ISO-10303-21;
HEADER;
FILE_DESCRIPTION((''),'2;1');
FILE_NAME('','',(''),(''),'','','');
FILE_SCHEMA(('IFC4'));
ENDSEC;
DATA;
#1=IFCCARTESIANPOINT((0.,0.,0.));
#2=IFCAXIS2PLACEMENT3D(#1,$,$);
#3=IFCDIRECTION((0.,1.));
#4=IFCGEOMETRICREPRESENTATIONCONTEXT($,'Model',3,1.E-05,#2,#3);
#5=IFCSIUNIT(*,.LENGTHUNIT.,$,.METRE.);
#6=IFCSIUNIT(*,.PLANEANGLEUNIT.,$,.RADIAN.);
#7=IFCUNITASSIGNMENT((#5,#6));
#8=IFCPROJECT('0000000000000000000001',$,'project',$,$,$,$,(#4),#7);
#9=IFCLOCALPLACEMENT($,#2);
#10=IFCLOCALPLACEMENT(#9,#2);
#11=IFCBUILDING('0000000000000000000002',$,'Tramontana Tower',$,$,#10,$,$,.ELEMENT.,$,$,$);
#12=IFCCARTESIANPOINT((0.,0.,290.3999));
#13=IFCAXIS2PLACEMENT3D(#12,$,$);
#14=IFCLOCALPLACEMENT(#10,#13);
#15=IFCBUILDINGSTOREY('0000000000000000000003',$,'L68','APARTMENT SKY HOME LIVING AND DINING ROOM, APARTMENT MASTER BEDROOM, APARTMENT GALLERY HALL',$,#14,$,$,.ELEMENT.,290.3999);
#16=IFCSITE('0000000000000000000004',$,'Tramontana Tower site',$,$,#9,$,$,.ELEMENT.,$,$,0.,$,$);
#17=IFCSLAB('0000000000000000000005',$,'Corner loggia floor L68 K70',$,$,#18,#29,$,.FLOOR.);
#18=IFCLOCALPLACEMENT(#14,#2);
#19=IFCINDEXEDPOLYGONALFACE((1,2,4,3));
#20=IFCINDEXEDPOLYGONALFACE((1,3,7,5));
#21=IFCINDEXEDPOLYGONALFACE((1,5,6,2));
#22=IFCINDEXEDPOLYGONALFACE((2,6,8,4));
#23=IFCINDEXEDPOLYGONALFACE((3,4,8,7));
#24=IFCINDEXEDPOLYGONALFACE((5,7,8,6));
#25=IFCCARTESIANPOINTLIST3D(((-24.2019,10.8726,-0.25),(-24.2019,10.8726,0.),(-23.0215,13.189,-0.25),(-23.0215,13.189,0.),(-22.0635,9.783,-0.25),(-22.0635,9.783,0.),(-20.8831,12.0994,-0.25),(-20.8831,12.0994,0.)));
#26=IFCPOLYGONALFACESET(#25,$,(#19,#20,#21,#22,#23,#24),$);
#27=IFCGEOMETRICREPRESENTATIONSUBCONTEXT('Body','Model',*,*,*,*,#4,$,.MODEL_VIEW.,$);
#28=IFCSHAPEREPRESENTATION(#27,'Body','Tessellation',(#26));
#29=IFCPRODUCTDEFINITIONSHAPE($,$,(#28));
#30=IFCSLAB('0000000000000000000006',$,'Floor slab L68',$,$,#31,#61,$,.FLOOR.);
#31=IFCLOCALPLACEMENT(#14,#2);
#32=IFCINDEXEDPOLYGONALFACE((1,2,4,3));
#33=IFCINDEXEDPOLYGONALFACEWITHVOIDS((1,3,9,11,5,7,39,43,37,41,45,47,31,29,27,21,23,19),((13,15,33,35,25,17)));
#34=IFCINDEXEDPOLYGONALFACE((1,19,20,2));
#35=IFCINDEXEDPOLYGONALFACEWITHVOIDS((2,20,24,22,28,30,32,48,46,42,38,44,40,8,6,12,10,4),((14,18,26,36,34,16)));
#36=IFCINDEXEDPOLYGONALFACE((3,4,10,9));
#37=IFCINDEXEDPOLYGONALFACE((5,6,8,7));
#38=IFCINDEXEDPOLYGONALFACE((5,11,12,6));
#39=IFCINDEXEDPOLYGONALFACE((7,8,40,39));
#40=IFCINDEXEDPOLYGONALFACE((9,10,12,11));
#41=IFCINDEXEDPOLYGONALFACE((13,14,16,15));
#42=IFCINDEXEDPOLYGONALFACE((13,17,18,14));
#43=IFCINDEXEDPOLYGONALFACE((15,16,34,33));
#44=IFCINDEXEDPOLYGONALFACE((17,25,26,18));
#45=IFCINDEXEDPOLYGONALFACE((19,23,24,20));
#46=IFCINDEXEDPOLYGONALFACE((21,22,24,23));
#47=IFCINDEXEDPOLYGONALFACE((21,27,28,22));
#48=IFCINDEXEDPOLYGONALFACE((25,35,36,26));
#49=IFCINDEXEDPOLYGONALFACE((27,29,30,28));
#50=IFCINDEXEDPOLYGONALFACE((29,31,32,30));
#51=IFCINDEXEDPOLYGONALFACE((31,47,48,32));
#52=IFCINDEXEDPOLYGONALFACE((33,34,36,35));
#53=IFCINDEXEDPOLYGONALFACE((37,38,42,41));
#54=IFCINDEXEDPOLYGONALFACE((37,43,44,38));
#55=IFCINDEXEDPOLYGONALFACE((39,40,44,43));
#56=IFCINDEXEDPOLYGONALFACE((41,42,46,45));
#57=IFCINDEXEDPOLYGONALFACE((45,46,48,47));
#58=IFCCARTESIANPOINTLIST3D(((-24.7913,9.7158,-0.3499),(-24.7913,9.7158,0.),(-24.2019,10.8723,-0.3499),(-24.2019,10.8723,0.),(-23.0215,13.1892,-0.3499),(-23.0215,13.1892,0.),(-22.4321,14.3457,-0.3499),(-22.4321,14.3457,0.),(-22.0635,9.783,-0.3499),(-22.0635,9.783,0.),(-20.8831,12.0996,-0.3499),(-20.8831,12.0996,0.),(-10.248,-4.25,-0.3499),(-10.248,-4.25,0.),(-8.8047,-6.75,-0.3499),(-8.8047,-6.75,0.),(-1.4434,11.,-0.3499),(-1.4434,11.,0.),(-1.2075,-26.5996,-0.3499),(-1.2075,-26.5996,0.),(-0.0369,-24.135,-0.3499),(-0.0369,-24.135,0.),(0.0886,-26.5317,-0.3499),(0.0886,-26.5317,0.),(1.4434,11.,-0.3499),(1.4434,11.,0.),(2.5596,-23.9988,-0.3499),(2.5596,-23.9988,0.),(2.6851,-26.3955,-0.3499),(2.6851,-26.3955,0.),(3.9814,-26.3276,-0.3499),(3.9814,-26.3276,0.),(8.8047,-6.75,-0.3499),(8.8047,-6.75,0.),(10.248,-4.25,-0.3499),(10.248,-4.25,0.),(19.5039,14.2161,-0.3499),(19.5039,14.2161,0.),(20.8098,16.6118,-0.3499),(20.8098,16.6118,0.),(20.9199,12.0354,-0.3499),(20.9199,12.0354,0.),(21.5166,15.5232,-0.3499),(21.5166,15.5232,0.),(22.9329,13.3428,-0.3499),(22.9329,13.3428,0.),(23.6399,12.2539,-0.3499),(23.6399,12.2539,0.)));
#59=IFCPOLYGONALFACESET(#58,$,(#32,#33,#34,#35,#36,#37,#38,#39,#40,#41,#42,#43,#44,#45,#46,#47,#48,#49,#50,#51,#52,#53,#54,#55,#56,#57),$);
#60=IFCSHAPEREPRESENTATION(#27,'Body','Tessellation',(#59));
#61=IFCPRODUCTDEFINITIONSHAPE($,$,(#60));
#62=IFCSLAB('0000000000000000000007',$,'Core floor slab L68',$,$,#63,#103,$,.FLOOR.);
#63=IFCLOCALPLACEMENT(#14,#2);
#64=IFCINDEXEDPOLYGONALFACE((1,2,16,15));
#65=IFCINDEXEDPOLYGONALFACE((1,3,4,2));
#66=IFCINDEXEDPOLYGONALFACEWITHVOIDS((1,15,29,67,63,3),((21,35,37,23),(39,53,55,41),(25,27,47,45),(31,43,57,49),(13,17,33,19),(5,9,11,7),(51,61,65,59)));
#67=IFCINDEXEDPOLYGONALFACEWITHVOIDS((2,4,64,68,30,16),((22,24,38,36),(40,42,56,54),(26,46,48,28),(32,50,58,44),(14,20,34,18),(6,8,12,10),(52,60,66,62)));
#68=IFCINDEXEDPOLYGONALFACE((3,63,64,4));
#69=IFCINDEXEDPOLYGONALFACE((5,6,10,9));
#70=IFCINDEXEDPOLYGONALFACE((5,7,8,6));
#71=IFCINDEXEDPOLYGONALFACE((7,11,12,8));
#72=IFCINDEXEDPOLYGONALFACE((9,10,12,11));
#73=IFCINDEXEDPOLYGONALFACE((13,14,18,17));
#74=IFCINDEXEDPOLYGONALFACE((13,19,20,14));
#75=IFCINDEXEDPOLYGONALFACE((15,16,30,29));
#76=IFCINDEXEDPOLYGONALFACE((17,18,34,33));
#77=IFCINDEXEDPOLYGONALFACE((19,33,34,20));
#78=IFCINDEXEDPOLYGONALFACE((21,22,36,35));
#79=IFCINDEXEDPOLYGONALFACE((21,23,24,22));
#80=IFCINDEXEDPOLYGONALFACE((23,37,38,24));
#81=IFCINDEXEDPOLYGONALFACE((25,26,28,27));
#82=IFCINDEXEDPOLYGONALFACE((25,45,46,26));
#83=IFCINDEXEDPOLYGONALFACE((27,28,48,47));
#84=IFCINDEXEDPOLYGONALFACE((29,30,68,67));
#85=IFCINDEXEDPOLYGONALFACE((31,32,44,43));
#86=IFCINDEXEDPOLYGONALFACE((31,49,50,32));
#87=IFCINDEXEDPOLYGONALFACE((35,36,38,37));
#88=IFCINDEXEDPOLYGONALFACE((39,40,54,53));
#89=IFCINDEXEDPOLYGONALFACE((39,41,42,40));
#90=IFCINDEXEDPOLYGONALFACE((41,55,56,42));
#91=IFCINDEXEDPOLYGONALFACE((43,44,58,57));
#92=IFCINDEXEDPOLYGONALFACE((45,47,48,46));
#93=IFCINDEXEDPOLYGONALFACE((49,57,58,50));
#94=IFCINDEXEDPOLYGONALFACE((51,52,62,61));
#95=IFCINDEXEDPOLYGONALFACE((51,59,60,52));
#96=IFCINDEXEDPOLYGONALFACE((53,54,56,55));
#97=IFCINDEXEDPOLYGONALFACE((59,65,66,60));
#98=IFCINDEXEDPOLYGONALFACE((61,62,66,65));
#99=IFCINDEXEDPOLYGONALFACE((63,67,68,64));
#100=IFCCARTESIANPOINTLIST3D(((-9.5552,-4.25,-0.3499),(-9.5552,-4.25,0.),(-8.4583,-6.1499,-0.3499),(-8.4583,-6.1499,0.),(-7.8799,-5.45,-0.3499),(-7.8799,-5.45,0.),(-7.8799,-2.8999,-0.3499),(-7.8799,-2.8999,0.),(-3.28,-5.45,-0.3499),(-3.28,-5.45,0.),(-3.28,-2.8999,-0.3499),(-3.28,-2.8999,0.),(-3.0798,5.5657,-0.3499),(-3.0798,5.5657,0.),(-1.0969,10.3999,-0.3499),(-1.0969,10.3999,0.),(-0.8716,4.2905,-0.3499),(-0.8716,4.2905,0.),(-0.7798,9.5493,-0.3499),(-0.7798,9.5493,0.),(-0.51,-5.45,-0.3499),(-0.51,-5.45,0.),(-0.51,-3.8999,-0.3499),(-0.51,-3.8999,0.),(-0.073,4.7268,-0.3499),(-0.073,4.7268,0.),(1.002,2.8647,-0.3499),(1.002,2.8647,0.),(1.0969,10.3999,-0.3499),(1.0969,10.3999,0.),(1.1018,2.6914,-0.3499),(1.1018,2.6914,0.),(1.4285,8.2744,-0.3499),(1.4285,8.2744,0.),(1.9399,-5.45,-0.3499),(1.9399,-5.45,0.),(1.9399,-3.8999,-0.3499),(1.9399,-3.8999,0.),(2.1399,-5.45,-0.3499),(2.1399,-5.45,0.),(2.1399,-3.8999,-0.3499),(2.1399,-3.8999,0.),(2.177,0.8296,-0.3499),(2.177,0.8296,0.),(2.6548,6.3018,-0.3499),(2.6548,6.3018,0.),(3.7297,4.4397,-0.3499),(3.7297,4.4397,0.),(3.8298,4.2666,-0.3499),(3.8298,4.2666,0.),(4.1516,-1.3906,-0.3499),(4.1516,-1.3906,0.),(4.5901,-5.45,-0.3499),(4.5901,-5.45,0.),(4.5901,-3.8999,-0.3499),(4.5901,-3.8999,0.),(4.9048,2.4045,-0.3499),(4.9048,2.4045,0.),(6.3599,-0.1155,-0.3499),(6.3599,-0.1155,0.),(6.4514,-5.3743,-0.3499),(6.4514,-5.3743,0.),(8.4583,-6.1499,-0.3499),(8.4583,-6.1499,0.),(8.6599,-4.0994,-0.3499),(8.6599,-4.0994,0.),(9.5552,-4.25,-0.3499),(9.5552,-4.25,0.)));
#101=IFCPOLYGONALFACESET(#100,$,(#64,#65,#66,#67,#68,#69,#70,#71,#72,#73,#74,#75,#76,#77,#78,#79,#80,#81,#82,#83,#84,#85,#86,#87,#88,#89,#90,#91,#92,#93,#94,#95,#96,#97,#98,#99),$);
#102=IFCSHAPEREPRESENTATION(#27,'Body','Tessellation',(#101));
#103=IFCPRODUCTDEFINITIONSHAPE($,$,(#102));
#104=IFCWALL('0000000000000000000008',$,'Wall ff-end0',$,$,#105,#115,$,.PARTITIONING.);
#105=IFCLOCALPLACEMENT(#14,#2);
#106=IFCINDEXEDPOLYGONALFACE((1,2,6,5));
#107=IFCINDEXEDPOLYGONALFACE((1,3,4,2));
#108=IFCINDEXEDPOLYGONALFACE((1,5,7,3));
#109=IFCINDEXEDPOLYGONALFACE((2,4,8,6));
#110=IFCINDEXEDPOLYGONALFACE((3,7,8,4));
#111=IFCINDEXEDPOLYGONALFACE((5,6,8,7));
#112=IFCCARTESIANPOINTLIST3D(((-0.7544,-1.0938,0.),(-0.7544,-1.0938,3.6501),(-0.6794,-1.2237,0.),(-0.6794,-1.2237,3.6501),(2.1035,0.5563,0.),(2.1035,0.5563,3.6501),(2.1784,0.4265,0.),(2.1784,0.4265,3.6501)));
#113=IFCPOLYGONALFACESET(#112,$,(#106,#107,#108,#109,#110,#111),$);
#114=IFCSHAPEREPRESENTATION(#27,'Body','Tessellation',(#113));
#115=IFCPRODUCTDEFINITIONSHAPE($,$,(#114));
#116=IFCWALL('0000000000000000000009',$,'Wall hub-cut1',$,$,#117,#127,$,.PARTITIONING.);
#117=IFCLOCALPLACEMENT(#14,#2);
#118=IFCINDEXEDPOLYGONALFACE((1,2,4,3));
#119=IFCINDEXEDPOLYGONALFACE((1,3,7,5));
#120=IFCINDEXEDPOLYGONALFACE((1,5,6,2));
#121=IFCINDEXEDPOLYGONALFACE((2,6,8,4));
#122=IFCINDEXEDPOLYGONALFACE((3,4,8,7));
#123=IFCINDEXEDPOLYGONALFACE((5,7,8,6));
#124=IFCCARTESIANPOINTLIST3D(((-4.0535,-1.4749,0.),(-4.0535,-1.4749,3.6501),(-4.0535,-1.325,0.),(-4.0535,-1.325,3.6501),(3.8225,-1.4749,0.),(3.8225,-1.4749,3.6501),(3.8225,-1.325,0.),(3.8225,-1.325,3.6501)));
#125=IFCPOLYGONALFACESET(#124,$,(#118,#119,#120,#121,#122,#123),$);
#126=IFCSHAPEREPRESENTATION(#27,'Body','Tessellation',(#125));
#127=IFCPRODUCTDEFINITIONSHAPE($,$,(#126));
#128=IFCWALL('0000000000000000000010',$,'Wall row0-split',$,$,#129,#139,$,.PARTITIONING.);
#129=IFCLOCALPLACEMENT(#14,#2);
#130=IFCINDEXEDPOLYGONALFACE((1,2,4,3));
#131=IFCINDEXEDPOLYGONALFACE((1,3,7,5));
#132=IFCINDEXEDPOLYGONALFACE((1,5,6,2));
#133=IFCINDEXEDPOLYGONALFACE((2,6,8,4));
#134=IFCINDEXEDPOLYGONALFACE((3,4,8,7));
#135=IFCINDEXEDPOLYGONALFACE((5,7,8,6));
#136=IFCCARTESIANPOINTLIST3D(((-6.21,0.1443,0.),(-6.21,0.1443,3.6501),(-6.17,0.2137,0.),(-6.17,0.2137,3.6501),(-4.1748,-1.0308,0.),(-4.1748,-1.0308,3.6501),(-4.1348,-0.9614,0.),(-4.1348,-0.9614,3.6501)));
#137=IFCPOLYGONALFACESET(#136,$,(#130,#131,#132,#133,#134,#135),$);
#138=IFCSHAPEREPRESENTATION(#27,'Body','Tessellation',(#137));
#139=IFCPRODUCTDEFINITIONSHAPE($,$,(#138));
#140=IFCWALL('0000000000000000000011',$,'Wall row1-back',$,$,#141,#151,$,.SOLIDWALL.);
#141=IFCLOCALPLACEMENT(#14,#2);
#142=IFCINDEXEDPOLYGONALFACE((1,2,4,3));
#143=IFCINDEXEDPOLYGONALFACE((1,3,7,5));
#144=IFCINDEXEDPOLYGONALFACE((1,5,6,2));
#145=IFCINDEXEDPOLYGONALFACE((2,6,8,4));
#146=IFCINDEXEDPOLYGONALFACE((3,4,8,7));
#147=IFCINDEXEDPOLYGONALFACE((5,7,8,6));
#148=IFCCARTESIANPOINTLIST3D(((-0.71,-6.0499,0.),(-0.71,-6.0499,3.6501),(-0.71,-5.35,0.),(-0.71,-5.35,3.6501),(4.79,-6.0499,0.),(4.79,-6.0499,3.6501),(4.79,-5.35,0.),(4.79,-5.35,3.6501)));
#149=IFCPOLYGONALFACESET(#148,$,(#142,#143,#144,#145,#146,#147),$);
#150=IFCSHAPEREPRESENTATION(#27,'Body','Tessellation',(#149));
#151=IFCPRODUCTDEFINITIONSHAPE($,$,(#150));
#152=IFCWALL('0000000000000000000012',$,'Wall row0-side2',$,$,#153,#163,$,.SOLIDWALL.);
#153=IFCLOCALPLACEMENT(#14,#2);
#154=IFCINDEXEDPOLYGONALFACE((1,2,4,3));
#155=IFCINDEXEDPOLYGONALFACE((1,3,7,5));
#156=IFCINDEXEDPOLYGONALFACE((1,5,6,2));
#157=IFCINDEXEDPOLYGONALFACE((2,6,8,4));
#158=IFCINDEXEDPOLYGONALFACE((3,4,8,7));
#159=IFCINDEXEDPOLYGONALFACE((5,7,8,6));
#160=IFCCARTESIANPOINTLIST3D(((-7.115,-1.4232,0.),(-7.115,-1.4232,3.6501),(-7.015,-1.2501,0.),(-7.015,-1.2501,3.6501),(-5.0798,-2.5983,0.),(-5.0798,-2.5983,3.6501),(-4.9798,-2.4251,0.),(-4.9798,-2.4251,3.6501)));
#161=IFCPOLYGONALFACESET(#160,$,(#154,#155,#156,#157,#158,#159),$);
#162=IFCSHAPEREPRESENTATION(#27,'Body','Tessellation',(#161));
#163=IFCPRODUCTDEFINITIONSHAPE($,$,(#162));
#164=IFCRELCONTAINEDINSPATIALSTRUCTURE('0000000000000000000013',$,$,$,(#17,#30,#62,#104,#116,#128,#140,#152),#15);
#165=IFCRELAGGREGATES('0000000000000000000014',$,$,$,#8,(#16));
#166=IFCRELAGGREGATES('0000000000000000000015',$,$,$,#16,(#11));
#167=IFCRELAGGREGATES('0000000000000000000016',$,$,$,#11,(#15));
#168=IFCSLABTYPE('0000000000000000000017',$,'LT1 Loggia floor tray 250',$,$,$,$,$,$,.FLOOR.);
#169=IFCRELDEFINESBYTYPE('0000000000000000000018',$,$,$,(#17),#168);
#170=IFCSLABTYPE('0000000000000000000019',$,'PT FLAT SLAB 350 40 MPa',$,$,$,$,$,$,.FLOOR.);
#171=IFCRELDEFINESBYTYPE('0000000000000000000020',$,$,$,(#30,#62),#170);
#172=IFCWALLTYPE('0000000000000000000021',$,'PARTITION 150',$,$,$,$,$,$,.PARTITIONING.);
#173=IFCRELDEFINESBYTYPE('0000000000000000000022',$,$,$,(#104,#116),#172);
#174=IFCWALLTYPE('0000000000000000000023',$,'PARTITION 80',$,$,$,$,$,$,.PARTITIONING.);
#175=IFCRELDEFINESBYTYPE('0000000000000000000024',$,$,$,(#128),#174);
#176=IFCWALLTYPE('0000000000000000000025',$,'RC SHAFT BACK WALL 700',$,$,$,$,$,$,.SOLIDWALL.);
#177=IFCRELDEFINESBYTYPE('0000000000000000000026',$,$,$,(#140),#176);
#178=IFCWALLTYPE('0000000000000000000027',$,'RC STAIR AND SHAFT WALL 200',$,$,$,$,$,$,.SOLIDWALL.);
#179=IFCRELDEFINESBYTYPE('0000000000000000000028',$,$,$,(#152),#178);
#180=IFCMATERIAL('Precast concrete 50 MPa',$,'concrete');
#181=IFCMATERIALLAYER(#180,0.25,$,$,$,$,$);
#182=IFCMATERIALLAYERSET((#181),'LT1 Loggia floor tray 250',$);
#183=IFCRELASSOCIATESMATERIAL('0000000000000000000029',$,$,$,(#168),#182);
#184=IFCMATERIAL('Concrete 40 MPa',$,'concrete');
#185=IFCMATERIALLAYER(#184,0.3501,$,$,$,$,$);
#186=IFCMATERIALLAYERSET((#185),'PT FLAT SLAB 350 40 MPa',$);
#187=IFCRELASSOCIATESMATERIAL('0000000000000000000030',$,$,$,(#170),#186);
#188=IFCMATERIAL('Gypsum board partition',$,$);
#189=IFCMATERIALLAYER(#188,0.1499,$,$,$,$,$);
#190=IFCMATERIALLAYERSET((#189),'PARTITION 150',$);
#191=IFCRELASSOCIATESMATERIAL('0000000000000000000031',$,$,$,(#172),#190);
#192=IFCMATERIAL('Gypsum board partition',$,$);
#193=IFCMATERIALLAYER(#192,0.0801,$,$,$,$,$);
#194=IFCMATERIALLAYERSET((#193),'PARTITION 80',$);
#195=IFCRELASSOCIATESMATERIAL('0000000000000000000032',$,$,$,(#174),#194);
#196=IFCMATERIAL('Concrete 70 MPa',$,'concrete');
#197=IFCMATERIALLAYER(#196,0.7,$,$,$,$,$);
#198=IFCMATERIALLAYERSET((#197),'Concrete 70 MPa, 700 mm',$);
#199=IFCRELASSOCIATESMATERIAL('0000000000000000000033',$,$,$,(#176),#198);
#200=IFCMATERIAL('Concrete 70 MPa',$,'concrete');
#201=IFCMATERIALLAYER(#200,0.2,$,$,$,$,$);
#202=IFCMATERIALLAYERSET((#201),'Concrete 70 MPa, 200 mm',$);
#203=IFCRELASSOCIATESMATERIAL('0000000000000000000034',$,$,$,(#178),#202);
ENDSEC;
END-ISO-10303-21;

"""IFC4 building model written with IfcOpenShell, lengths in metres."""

from ifc_helpers import new_model, si_unit, direction, frame, frame_2d, origin, place, context, subcontext, project, spatial, polyline, rectangle, outline, extrude, material, layer, layer_set, type_object, element, save


model = new_model("IFC4")

# Units and contexts
model_context = context("Model", 3, precision=1e-05, world=origin(), true_north=direction((0.0, 1.0)))
body_context = subcontext(model_context, "Body", "Model", "MODEL_VIEW")
ifc_project = project(units=[si_unit("LENGTHUNIT", "METRE"), si_unit("PLANEANGLEUNIT", "RADIAN")], contexts=[model_context])

# Site, building, storey
site_placement = place(None, origin())
site = spatial("IfcSite", under=ifc_project, at=site_placement, Name="Tramontana Tower site", CompositionType="ELEMENT", RefElevation=0.0)
building_placement = place(site_placement, origin())
building = spatial("IfcBuilding", under=site, at=building_placement, Name="Tramontana Tower", CompositionType="ELEMENT")
storey_placement = place(building_placement, frame((0.0, 0.0, 290.3999)))
storey = spatial("IfcBuildingStorey", under=building, at=storey_placement, Name="L68", Description="APARTMENT SKY HOME LIVING AND DINING ROOM, APARTMENT MASTER BEDROOM, APARTMENT GALLERY HALL", CompositionType="ELEMENT", Elevation=290.3999)

# Slabs
ifc_material_1 = material(Name="Precast concrete 50 MPa", Category="concrete")
ifc_layer_1 = layer(ifc_material_1, 0.25)
ifc_layer_set_1 = layer_set([ifc_layer_1], Name="LT1 Loggia floor tray 250")
slab_type_1 = type_object("IfcSlabType", Name="LT1 Loggia floor tray 250", PredefinedType="FLOOR", material=ifc_layer_set_1)
slab_1_placement = place(storey_placement, frame((0.0, 0.0, -0.25)))
element("IfcSlab", 1, at=slab_1_placement, inside=storey, type_object=slab_type_1, Name="Corner loggia floor L68 K70", PredefinedType="FLOOR", context=body_context, shape_type="SweptSolid", body=[
    extrude(outline(polyline([(-23.0215, 13.189), (-20.8831, 12.0994), (-22.0635, 9.783), (-24.2019, 10.8726), (-23.0215, 13.189)])), origin(), (0.0, 0.0, 1.0), 0.25),
])
ifc_material_2 = material(Name="Concrete 40 MPa", Category="concrete")
ifc_layer_2 = layer(ifc_material_2, 0.3501)
ifc_layer_set_2 = layer_set([ifc_layer_2], Name="PT FLAT SLAB 350 40 MPa")
slab_type_2 = type_object("IfcSlabType", Name="PT FLAT SLAB 350 40 MPa", PredefinedType="FLOOR", material=ifc_layer_set_2)
slab_2_placement = place(storey_placement, frame((0.0, 0.0, -0.3499)))
element("IfcSlab", 2, at=slab_2_placement, inside=storey, type_object=slab_type_2, Name="Floor slab L68", PredefinedType="FLOOR", context=body_context, shape_type="SweptSolid", body=[
    extrude(outline(polyline([(21.5166, 15.5232), (19.5039, 14.2161), (20.9199, 12.0354), (22.9329, 13.3428), (23.6399, 12.2539), (3.9814, -26.3276), (2.6851, -26.3955), (2.5596, -23.9988), (-0.0369, -24.135), (0.0886, -26.5317), (-1.2075, -26.5996), (-24.7913, 9.7158), (-24.2019, 10.8723), (-22.0635, 9.783), (-20.8831, 12.0996), (-23.0215, 13.1892), (-22.4321, 14.3457), (20.8098, 16.6118), (21.5166, 15.5232)]), holes=[polyline([(-10.248, -4.25), (-8.8047, -6.75), (8.8047, -6.75), (10.248, -4.25), (1.4434, 11.0), (-1.4434, 11.0), (-10.248, -4.25)])]), origin(), (0.0, 0.0, 1.0), 0.3499),
])
slab_3_placement = place(storey_placement, frame((0.0, 0.0, -0.3499)))
element("IfcSlab", 3, at=slab_3_placement, inside=storey, type_object=slab_type_2, Name="Core floor slab L68", PredefinedType="FLOOR", context=body_context, shape_type="SweptSolid", body=[
    extrude(outline(polyline([(9.5552, -4.25), (8.4583, -6.1499), (-8.4583, -6.1499), (-9.5552, -4.25), (-1.0969, 10.3999), (1.0969, 10.3999), (9.5552, -4.25)]), holes=[polyline([(8.6599, -4.0994), (6.3599, -0.1155), (4.1516, -1.3906), (6.4514, -5.3743), (8.6599, -4.0994)]), polyline([(3.8298, 4.2666), (1.1018, 2.6914), (2.177, 0.8296), (4.9048, 2.4045), (3.8298, 4.2666)]), polyline([(4.5901, -3.8999), (2.1399, -3.8999), (2.1399, -5.45), (4.5901, -5.45), (4.5901, -3.8999)]), polyline([(2.6548, 6.3018), (-0.073, 4.7268), (1.002, 2.8647), (3.7297, 4.4397), (2.6548, 6.3018)]), polyline([(1.9399, -5.45), (1.9399, -3.8999), (-0.51, -3.8999), (-0.51, -5.45), (1.9399, -5.45)]), polyline([(-0.7798, 9.5493), (-3.0798, 5.5657), (-0.8716, 4.2905), (1.4285, 8.2744), (-0.7798, 9.5493)]), polyline([(-7.8799, -5.45), (-3.28, -5.45), (-3.28, -2.8999), (-7.8799, -2.8999), (-7.8799, -5.45)])]), origin(), (0.0, 0.0, 1.0), 0.3499),
])

# Shared definitions
ifc_material_3 = material(Name="Gypsum board partition")
ifc_layer_3 = layer(ifc_material_3, 0.1499)
ifc_layer_set_3 = layer_set([ifc_layer_3], Name="PARTITION 150")
wall_type_1 = type_object("IfcWallType", Name="PARTITION 150", PredefinedType="PARTITIONING", material=ifc_layer_set_3)

# Walls
wall_1_placement = place(storey_placement, frame((-0.7168, -1.1587, 0.0), z_axis=(0.0, 0.0, 1.0), x_axis=(0.866008, 0.50003, 0.0)))
element("IfcWall", 4, at=wall_1_placement, inside=storey, type_object=wall_type_1, Name="Wall ff-end0", PredefinedType="PARTITIONING", context=body_context, shape_type="SweptSolid", body=[
    extrude(rectangle(XDim=3.3, YDim=0.1499, at=frame_2d((1.6499, 0.0))), origin(), (0.0, 0.0, 1.0), 3.6501),
])
wall_2_placement = place(storey_placement, frame((-4.0535, -1.3999, 0.0), z_axis=(0.0, 0.0, 1.0), x_axis=(1.0, 0.0, 0.0)))
element("IfcWall", 5, at=wall_2_placement, inside=storey, type_object=wall_type_1, Name="Wall hub-cut1", PredefinedType="PARTITIONING", context=body_context, shape_type="SweptSolid", body=[
    extrude(rectangle(XDim=7.876, YDim=0.1499, at=frame_2d((3.938, 0.0))), origin(), (0.0, 0.0, 1.0), 3.6501),
])
ifc_material_4 = material(Name="Gypsum board partition")
ifc_layer_4 = layer(ifc_material_4, 0.0801)
ifc_layer_set_4 = layer_set([ifc_layer_4], Name="PARTITION 80")
wall_type_2 = type_object("IfcWallType", Name="PARTITION 80", PredefinedType="PARTITIONING", material=ifc_layer_set_4)
wall_3_placement = place(storey_placement, frame((-4.1548, -0.9961, 0.0), z_axis=(0.0, 0.0, 1.0), x_axis=(-0.866016, 0.500016, 0.0)))
element("IfcWall", 6, at=wall_3_placement, inside=storey, type_object=wall_type_2, Name="Wall row0-split", PredefinedType="PARTITIONING", context=body_context, shape_type="SweptSolid", body=[
    extrude(rectangle(XDim=2.3501, YDim=0.0801, at=frame_2d((1.175, 0.0))), origin(), (0.0, 0.0, 1.0), 3.6501),
])
ifc_material_5 = material(Name="Concrete 70 MPa", Category="concrete")
ifc_layer_5 = layer(ifc_material_5, 0.7)
ifc_layer_set_5 = layer_set([ifc_layer_5], Name="Concrete 70 MPa, 700 mm")
wall_type_3 = type_object("IfcWallType", Name="RC SHAFT BACK WALL 700", PredefinedType="SOLIDWALL", material=ifc_layer_set_5)
wall_4_placement = place(storey_placement, frame((-0.71, -5.7, 0.0), z_axis=(0.0, 0.0, 1.0), x_axis=(1.0, 0.0, 0.0)))
element("IfcWall", 7, at=wall_4_placement, inside=storey, type_object=wall_type_3, Name="Wall row1-back", PredefinedType="SOLIDWALL", context=body_context, shape_type="SweptSolid", body=[
    extrude(rectangle(XDim=5.5, YDim=0.7, at=frame_2d((2.75, 0.0))), origin(), (0.0, 0.0, 1.0), 3.6501),
])

# Shared definitions
ifc_material_6 = material(Name="Concrete 70 MPa", Category="concrete")
ifc_layer_6 = layer(ifc_material_6, 0.2)
ifc_layer_set_6 = layer_set([ifc_layer_6], Name="Concrete 70 MPa, 200 mm")
wall_type_4 = type_object("IfcWallType", Name="RC STAIR AND SHAFT WALL 200", PredefinedType="SOLIDWALL", material=ifc_layer_set_6)

# Wall
wall_5_placement = place(storey_placement, frame((-5.0298, -2.5117, 0.0), z_axis=(0.0, 0.0, 1.0), x_axis=(-0.866016, 0.500016, 0.0)))
element("IfcWall", 8, at=wall_5_placement, inside=storey, type_object=wall_type_4, Name="Wall row0-side2", PredefinedType="SOLIDWALL", context=body_context, shape_type="SweptSolid", body=[
    extrude(rectangle(XDim=2.3501, YDim=0.2, at=frame_2d((1.175, 0.0))), origin(), (0.0, 0.0, 1.0), 3.6501),
])

save(model, "model.ifc")
